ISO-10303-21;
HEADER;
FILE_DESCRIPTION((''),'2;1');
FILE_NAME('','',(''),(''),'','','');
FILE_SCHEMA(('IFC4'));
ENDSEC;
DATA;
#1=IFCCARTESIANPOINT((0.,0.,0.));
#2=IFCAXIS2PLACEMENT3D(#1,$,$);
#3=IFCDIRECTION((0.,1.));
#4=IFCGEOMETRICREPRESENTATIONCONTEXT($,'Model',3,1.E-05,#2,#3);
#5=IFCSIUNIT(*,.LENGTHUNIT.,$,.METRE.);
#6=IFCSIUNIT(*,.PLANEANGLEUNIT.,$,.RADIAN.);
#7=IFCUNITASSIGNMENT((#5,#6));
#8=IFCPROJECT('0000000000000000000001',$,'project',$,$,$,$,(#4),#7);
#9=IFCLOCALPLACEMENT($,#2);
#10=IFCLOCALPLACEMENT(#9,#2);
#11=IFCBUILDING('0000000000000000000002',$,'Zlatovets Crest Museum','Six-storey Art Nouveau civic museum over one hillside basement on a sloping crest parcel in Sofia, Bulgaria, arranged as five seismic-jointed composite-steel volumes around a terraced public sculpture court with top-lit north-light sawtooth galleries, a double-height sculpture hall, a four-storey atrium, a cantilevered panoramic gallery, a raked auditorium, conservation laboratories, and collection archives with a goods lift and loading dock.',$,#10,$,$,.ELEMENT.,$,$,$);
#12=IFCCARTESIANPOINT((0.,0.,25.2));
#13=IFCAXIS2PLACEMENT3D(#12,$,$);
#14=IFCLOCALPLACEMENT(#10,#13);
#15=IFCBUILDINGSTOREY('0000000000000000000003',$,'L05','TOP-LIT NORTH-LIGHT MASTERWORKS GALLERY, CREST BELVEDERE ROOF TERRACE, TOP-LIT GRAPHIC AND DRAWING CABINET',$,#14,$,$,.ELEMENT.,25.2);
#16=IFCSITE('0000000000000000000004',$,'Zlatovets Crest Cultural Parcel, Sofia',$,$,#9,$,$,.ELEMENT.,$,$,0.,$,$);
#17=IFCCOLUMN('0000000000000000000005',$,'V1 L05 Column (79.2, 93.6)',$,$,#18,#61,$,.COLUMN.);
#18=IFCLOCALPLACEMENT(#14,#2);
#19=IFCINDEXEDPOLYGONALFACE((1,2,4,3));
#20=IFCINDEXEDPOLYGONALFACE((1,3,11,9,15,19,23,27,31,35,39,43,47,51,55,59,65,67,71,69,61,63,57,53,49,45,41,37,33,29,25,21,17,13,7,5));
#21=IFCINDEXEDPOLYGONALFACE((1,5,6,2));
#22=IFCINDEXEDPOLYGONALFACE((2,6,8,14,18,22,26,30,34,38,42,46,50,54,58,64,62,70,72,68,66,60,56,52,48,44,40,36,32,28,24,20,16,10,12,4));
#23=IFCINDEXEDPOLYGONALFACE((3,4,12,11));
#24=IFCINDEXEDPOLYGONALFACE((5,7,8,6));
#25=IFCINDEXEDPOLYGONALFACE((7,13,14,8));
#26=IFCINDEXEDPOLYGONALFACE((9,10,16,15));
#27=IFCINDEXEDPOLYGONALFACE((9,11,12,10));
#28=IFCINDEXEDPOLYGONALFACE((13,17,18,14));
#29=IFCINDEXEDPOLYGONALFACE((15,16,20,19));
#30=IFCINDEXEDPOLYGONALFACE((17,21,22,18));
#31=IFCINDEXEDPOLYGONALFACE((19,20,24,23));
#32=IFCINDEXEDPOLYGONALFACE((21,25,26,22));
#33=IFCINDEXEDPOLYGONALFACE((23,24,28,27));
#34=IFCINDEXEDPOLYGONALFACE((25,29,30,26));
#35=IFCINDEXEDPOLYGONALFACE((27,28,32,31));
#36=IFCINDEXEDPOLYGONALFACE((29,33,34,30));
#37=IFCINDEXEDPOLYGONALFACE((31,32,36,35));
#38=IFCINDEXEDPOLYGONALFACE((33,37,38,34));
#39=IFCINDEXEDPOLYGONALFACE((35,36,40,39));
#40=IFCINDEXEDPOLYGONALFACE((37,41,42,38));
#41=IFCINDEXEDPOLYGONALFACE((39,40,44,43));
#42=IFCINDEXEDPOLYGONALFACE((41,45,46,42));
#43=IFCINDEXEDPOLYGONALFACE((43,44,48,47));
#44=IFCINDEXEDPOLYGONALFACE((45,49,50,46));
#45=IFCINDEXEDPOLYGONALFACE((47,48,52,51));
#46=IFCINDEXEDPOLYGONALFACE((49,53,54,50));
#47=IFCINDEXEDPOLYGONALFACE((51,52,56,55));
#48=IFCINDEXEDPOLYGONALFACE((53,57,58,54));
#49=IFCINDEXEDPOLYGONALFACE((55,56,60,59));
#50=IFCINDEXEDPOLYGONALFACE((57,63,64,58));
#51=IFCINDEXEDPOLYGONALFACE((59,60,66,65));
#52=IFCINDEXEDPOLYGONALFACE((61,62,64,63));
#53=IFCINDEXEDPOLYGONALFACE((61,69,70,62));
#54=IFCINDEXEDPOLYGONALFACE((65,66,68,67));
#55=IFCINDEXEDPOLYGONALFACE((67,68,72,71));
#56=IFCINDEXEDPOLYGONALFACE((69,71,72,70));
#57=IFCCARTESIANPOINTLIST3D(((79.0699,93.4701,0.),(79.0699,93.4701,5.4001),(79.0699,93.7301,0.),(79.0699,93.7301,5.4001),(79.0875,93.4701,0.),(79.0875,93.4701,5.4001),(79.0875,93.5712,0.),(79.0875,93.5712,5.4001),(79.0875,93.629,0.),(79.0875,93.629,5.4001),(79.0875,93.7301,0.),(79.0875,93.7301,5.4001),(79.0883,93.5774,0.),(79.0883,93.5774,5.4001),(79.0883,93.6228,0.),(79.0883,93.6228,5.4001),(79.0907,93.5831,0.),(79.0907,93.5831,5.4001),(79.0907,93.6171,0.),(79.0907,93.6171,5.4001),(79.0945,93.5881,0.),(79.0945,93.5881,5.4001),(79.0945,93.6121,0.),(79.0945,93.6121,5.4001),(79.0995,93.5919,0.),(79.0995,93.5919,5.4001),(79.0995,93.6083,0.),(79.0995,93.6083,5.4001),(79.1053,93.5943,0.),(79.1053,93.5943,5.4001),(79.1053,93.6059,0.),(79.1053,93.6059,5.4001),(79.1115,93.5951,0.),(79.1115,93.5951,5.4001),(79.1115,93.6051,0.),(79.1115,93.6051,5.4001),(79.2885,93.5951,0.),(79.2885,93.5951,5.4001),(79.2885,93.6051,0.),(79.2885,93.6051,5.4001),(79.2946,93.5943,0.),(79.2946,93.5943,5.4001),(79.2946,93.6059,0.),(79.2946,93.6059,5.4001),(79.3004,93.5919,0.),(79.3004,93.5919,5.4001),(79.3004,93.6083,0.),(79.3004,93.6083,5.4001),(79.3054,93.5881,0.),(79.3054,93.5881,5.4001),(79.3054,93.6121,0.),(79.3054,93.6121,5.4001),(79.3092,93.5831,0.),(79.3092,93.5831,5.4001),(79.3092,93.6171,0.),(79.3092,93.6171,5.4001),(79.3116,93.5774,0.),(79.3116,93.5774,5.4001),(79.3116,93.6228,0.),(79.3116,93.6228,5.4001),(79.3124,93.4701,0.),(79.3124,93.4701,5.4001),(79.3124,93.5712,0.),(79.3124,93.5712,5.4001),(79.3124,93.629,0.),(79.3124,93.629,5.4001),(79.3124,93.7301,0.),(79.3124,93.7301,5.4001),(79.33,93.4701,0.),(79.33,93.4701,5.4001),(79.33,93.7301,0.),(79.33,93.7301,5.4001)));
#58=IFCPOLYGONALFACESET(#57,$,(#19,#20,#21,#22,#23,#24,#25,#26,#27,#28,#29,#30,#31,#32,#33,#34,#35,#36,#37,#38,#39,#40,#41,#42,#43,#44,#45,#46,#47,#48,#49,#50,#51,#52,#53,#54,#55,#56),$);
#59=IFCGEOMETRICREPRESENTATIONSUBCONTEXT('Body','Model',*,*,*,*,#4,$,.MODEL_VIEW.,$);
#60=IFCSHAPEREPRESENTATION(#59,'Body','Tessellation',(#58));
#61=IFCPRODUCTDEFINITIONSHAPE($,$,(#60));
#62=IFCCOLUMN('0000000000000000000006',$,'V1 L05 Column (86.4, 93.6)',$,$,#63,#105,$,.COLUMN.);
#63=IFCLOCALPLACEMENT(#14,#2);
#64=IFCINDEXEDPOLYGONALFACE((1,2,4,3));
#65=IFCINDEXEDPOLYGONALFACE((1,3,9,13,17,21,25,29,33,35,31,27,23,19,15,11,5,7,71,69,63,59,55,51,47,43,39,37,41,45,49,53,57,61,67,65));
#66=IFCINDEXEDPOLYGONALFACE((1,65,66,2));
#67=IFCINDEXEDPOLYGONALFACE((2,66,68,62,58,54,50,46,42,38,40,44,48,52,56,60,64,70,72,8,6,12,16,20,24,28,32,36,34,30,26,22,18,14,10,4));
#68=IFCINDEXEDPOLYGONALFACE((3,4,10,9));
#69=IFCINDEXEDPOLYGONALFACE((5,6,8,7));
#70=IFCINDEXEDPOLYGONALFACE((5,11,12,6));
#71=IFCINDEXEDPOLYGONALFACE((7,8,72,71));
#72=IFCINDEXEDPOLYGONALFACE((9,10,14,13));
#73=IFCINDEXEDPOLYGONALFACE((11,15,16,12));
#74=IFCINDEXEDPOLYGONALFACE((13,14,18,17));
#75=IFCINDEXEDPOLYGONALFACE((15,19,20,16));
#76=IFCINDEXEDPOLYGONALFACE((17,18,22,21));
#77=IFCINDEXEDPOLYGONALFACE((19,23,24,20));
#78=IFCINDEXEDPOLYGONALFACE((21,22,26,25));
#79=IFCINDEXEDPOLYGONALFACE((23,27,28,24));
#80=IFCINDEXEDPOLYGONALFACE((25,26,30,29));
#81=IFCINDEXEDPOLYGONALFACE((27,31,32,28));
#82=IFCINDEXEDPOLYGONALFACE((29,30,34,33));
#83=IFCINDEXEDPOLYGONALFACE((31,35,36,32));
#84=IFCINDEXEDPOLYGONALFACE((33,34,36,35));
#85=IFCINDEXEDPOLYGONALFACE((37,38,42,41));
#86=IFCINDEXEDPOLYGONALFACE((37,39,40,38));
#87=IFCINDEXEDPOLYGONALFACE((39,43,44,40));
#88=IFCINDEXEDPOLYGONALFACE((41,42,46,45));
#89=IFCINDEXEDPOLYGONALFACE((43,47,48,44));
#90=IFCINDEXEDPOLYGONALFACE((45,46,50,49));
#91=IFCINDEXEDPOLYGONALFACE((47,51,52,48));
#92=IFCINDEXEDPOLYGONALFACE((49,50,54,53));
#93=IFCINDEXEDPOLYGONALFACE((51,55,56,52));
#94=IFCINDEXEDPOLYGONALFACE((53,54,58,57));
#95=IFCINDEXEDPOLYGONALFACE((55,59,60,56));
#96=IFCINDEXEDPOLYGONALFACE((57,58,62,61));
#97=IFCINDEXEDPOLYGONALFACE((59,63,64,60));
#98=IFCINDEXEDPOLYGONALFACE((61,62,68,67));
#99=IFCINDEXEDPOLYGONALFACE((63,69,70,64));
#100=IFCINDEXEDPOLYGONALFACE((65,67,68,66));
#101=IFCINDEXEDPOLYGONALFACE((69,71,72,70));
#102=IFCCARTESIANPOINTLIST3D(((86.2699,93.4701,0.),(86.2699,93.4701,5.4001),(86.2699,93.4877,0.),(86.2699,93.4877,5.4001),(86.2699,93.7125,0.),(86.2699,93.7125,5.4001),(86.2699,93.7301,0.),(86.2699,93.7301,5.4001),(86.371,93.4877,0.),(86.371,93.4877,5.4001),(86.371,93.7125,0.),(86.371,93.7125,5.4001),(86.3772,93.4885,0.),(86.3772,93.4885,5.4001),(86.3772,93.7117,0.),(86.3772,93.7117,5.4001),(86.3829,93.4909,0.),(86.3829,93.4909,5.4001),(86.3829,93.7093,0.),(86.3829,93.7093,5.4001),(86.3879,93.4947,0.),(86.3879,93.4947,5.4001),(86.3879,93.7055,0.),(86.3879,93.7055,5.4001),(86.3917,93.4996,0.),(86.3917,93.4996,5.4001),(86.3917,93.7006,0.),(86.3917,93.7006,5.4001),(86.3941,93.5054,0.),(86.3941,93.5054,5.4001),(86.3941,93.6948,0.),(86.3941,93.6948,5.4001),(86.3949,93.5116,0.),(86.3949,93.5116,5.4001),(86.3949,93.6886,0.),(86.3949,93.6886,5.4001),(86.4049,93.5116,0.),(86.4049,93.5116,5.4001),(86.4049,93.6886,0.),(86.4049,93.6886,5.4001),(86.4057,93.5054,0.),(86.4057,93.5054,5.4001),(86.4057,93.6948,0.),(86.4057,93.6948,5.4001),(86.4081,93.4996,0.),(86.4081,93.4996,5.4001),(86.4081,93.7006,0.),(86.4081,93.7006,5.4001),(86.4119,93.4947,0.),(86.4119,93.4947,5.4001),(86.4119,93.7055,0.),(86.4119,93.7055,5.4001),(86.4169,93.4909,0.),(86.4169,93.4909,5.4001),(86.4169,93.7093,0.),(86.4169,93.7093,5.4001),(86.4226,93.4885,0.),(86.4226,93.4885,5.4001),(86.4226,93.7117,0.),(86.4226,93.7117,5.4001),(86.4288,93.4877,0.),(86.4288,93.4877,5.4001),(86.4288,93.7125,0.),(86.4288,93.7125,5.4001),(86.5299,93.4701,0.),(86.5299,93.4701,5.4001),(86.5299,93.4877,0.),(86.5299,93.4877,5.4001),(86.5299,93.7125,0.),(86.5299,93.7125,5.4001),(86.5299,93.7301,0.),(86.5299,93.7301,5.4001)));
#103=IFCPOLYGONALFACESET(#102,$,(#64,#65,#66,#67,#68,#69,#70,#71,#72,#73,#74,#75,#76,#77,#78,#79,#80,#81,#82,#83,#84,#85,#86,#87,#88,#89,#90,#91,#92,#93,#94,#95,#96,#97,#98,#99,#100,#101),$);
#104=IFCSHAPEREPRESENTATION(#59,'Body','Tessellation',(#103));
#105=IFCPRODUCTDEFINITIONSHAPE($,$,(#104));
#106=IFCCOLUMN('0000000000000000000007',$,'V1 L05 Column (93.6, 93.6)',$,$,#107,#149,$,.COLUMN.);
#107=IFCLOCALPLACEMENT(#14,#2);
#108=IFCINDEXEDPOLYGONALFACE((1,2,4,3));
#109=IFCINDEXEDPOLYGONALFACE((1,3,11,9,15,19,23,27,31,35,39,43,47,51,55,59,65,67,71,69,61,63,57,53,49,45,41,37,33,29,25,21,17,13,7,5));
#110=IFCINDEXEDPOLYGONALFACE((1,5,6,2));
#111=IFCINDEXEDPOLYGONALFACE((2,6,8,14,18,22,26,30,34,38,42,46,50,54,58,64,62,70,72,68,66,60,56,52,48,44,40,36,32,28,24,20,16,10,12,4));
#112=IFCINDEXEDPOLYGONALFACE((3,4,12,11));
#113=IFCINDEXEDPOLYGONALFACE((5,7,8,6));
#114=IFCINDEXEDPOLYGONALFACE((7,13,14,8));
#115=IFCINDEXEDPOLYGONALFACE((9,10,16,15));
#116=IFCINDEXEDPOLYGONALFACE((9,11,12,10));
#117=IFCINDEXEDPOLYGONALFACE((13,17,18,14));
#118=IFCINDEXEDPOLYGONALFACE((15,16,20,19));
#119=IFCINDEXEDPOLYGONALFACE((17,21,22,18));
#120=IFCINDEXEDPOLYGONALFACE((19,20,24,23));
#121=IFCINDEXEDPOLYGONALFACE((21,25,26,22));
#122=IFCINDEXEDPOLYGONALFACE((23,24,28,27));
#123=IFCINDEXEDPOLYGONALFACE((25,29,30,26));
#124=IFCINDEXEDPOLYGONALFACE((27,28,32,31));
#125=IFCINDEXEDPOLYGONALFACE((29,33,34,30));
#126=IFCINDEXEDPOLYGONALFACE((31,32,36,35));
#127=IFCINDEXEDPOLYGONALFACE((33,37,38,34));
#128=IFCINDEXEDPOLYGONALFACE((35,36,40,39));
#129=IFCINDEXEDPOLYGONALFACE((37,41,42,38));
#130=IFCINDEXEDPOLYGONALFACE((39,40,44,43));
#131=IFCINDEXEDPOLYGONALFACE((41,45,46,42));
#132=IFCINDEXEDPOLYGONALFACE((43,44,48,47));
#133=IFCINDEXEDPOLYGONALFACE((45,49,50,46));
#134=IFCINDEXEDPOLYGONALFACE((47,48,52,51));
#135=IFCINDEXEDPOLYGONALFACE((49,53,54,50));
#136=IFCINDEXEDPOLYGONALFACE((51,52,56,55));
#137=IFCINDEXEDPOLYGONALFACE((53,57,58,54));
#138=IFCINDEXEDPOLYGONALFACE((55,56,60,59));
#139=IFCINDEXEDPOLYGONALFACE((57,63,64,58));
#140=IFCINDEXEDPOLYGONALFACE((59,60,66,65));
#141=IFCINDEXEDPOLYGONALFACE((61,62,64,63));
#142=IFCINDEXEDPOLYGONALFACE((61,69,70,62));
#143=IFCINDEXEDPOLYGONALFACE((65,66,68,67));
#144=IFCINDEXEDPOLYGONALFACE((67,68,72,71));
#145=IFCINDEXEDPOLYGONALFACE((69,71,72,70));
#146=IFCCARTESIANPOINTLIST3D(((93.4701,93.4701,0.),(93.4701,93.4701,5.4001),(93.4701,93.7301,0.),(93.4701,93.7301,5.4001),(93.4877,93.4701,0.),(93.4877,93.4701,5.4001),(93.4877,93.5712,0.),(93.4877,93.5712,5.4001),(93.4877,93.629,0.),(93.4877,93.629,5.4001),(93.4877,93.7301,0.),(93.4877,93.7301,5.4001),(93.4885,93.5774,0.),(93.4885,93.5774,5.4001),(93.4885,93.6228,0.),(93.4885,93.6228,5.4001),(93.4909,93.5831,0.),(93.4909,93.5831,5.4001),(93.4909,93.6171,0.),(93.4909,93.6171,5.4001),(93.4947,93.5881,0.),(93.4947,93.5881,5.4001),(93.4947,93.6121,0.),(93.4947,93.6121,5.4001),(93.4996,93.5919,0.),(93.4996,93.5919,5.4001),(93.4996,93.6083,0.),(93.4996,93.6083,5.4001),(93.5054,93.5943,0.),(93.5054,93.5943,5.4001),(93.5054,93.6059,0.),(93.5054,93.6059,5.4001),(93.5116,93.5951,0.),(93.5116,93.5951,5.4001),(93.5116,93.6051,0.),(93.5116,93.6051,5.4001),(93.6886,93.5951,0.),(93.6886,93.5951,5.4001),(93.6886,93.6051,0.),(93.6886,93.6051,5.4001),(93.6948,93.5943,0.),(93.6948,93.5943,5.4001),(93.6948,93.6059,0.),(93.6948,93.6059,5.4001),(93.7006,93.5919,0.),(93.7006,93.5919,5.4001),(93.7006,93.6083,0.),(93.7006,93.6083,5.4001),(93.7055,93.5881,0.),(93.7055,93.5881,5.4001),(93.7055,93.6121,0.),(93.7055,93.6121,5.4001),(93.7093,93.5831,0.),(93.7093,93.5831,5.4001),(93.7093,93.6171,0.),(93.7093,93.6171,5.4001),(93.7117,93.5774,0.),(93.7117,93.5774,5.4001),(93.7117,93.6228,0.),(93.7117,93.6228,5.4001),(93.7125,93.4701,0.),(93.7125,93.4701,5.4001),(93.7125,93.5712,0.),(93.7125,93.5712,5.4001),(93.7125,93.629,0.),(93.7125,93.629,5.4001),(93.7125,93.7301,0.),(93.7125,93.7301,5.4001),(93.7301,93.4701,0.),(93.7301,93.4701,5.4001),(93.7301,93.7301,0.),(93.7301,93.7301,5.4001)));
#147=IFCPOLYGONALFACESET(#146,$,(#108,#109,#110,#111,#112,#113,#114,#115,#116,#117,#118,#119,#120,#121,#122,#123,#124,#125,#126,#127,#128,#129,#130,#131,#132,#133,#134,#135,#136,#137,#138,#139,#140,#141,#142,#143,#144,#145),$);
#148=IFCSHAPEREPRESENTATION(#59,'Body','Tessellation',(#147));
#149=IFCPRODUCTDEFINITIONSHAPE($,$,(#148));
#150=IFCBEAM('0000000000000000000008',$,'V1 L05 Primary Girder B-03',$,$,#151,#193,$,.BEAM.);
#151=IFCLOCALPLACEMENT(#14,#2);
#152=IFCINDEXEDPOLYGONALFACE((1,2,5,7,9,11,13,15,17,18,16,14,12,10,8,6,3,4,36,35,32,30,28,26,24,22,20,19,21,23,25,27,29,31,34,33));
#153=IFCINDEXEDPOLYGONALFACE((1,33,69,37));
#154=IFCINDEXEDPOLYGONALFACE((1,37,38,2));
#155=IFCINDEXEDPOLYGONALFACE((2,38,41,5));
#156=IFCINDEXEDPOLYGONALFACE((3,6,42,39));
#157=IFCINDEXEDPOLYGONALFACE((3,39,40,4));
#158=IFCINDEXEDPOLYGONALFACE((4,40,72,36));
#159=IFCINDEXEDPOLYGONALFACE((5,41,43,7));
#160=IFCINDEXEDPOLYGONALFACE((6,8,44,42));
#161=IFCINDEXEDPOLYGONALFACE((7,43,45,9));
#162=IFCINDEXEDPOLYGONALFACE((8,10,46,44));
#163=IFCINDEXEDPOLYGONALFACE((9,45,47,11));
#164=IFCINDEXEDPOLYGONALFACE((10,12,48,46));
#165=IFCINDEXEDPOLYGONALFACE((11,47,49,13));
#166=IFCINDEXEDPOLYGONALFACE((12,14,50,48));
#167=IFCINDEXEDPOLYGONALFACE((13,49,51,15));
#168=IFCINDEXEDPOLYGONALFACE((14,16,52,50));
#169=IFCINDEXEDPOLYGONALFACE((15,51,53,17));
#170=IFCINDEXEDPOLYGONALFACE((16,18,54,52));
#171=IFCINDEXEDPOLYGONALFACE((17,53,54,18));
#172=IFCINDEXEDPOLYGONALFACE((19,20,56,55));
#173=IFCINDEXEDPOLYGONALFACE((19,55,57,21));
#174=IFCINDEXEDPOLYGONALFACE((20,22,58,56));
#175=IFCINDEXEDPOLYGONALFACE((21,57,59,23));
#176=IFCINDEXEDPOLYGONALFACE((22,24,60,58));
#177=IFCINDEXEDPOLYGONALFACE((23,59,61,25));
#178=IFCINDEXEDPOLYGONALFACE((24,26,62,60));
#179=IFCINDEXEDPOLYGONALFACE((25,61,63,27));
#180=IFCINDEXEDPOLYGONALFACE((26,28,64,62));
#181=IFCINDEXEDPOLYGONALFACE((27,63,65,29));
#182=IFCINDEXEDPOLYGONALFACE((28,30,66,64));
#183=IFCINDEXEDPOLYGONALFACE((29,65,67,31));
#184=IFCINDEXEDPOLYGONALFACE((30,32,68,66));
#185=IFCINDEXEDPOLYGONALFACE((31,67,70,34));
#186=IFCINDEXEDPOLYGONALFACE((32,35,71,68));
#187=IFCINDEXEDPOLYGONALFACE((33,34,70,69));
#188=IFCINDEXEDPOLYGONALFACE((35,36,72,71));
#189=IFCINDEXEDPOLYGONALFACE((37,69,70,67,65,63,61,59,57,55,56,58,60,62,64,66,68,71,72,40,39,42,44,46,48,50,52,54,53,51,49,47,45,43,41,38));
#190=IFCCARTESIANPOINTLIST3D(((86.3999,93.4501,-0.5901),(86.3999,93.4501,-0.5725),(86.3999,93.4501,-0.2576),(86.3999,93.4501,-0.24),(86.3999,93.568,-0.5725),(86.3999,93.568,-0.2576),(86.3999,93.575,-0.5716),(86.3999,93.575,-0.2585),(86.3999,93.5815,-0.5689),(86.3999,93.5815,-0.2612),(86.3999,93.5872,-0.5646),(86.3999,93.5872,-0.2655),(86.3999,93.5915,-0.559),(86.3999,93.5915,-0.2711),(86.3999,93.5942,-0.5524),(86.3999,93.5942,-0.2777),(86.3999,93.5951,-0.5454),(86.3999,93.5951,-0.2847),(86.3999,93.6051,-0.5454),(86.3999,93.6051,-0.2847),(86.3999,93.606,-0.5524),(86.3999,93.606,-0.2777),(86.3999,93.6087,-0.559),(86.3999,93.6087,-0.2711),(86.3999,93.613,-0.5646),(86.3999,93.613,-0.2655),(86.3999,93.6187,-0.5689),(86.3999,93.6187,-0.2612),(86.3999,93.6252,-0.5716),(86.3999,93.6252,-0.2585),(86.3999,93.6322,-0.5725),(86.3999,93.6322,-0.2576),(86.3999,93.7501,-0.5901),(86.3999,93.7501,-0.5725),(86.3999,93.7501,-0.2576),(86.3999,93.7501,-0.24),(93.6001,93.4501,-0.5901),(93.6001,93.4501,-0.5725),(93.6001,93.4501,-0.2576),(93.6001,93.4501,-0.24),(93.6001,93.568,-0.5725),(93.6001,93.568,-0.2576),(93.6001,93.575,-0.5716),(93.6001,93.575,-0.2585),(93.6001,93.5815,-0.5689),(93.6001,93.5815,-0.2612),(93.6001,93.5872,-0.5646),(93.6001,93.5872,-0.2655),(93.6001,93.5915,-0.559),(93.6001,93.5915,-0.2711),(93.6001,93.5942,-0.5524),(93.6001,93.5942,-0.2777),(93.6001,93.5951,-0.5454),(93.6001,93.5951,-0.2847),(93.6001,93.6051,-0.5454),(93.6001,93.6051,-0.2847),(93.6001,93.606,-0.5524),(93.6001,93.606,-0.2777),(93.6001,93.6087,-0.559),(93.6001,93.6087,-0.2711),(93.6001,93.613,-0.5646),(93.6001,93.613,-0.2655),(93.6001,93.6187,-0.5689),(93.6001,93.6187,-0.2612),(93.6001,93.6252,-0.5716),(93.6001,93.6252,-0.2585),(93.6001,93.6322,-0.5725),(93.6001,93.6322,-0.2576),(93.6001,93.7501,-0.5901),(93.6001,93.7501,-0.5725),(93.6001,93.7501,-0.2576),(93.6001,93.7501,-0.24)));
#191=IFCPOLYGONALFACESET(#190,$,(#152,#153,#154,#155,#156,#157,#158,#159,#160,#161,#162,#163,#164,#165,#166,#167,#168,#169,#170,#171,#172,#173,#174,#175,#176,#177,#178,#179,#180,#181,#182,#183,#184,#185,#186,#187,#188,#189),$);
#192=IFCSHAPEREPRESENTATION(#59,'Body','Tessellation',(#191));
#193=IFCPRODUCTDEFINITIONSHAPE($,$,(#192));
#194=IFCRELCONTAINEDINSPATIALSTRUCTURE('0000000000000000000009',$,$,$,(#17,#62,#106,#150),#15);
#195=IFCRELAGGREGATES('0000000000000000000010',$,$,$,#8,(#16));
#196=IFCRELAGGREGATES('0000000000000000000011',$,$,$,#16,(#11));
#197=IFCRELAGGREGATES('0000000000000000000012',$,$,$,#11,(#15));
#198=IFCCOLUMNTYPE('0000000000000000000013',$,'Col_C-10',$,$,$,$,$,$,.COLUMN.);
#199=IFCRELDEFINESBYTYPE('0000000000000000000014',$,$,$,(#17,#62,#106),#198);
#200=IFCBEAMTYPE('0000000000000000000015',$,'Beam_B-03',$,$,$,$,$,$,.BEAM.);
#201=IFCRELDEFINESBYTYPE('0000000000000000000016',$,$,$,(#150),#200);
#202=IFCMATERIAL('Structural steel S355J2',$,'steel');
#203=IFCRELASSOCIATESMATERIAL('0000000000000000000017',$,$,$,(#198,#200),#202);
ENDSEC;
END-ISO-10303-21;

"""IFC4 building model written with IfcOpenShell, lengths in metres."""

from ifc_helpers import new_model, si_unit, direction, frame, origin, origin_2d, place, context, subcontext, project, spatial, i_section, extrude, material, material_profile, profile_set, type_object, element, save


model = new_model("IFC4")

# Units and contexts
model_context = context("Model", 3, precision=1e-05, world=origin(), true_north=direction((0.0, 1.0)))
body_context = subcontext(model_context, "Body", "Model", "MODEL_VIEW")
ifc_project = project(units=[si_unit("LENGTHUNIT", "METRE"), si_unit("PLANEANGLEUNIT", "RADIAN")], contexts=[model_context])

# Site, building, storey
site_placement = place(None, origin())
site = spatial("IfcSite", under=ifc_project, at=site_placement, Name="Zlatovets Crest Cultural Parcel, Sofia", CompositionType="ELEMENT", RefElevation=0.0)
building_placement = place(site_placement, origin())
building = spatial("IfcBuilding", under=site, at=building_placement, Name="Zlatovets Crest Museum", Description="Six-storey Art Nouveau civic museum over one hillside basement on a sloping crest parcel in Sofia, Bulgaria, arranged as five seismic-jointed composite-steel volumes around a terraced public sculpture court with top-lit north-light sawtooth galleries, a double-height sculpture hall, a four-storey atrium, a cantilevered panoramic gallery, a raked auditorium, conservation laboratories, and collection archives with a goods lift and loading dock.", CompositionType="ELEMENT")
storey_placement = place(building_placement, frame((0.0, 0.0, 25.2)))
storey = spatial("IfcBuildingStorey", under=building, at=storey_placement, Name="L05", Description="TOP-LIT NORTH-LIGHT MASTERWORKS GALLERY, CREST BELVEDERE ROOF TERRACE, TOP-LIT GRAPHIC AND DRAWING CABINET", CompositionType="ELEMENT", Elevation=25.2)

# Columns
ifc_material_1 = material(Name="Structural steel S355J2", Category="steel")
ifc_material_profile_1 = material_profile(ifc_material_1, i_section(OverallWidth=0.26, OverallDepth=0.26, WebThickness=0.01, FlangeThickness=0.0176, FilletRadius=0.0239, at=origin_2d()), Name="HEB 260")
ifc_profile_set_1 = profile_set([ifc_material_profile_1], Name="Structural steel S355J2")
column_type = type_object("IfcColumnType", Name="Col_C-10", PredefinedType="COLUMN", material=ifc_profile_set_1)
for number, where, z_axis, x_axis, name in (
    (1, (79.2, 93.6001, 0.0), (0.0, 0.0, 1.0), (0.0, 1.0, 0.0), "V1 L05 Column (79.2, 93.6)"),
    (2, (86.3999, 93.6001, 0.0), (0.0, 0.0, 1.0), (1.0, 0.0, 0.0), "V1 L05 Column (86.4, 93.6)"),
    (3, (93.6001, 93.6001, 0.0), (0.0, 0.0, 1.0), (0.0, 1.0, 0.0), "V1 L05 Column (93.6, 93.6)"),
):
    element("IfcColumn", number, at=place(storey_placement, frame(where, z_axis=z_axis, x_axis=x_axis)), inside=storey, type_object=column_type, Name=name, PredefinedType="COLUMN", context=body_context, shape_type="SweptSolid", body=[
        extrude(i_section(OverallWidth=0.26, OverallDepth=0.26, WebThickness=0.01, FlangeThickness=0.0176, FilletRadius=0.0239, at=origin_2d()), origin(), (0.0, 0.0, 1.0), 5.4001),
    ])

# Beam
ifc_material_profile_2 = material_profile(ifc_material_1, i_section(OverallWidth=0.3, OverallDepth=0.3501, WebThickness=0.01, FlangeThickness=0.0176, FilletRadius=0.0271, at=origin_2d()), Name="HEA 360")
ifc_profile_set_2 = profile_set([ifc_material_profile_2], Name="Structural steel S355J2")
beam_type_1 = type_object("IfcBeamType", Name="Beam_B-03", PredefinedType="BEAM", material=ifc_profile_set_2)
beam_1_placement = place(storey_placement, frame((86.3999, 93.6001, -0.415), z_axis=(1.0, 0.0, 0.0), x_axis=(0.0, 1.0, 0.0)))
element("IfcBeam", 4, at=beam_1_placement, inside=storey, type_object=beam_type_1, Name="V1 L05 Primary Girder B-03", PredefinedType="BEAM", context=body_context, shape_type="SweptSolid", body=[
    extrude(i_section(OverallWidth=0.3, OverallDepth=0.3501, WebThickness=0.01, FlangeThickness=0.0176, FilletRadius=0.0271, at=origin_2d()), origin(), (0.0, 0.0, 1.0), 7.2002),
])

save(model, "model.ifc")
